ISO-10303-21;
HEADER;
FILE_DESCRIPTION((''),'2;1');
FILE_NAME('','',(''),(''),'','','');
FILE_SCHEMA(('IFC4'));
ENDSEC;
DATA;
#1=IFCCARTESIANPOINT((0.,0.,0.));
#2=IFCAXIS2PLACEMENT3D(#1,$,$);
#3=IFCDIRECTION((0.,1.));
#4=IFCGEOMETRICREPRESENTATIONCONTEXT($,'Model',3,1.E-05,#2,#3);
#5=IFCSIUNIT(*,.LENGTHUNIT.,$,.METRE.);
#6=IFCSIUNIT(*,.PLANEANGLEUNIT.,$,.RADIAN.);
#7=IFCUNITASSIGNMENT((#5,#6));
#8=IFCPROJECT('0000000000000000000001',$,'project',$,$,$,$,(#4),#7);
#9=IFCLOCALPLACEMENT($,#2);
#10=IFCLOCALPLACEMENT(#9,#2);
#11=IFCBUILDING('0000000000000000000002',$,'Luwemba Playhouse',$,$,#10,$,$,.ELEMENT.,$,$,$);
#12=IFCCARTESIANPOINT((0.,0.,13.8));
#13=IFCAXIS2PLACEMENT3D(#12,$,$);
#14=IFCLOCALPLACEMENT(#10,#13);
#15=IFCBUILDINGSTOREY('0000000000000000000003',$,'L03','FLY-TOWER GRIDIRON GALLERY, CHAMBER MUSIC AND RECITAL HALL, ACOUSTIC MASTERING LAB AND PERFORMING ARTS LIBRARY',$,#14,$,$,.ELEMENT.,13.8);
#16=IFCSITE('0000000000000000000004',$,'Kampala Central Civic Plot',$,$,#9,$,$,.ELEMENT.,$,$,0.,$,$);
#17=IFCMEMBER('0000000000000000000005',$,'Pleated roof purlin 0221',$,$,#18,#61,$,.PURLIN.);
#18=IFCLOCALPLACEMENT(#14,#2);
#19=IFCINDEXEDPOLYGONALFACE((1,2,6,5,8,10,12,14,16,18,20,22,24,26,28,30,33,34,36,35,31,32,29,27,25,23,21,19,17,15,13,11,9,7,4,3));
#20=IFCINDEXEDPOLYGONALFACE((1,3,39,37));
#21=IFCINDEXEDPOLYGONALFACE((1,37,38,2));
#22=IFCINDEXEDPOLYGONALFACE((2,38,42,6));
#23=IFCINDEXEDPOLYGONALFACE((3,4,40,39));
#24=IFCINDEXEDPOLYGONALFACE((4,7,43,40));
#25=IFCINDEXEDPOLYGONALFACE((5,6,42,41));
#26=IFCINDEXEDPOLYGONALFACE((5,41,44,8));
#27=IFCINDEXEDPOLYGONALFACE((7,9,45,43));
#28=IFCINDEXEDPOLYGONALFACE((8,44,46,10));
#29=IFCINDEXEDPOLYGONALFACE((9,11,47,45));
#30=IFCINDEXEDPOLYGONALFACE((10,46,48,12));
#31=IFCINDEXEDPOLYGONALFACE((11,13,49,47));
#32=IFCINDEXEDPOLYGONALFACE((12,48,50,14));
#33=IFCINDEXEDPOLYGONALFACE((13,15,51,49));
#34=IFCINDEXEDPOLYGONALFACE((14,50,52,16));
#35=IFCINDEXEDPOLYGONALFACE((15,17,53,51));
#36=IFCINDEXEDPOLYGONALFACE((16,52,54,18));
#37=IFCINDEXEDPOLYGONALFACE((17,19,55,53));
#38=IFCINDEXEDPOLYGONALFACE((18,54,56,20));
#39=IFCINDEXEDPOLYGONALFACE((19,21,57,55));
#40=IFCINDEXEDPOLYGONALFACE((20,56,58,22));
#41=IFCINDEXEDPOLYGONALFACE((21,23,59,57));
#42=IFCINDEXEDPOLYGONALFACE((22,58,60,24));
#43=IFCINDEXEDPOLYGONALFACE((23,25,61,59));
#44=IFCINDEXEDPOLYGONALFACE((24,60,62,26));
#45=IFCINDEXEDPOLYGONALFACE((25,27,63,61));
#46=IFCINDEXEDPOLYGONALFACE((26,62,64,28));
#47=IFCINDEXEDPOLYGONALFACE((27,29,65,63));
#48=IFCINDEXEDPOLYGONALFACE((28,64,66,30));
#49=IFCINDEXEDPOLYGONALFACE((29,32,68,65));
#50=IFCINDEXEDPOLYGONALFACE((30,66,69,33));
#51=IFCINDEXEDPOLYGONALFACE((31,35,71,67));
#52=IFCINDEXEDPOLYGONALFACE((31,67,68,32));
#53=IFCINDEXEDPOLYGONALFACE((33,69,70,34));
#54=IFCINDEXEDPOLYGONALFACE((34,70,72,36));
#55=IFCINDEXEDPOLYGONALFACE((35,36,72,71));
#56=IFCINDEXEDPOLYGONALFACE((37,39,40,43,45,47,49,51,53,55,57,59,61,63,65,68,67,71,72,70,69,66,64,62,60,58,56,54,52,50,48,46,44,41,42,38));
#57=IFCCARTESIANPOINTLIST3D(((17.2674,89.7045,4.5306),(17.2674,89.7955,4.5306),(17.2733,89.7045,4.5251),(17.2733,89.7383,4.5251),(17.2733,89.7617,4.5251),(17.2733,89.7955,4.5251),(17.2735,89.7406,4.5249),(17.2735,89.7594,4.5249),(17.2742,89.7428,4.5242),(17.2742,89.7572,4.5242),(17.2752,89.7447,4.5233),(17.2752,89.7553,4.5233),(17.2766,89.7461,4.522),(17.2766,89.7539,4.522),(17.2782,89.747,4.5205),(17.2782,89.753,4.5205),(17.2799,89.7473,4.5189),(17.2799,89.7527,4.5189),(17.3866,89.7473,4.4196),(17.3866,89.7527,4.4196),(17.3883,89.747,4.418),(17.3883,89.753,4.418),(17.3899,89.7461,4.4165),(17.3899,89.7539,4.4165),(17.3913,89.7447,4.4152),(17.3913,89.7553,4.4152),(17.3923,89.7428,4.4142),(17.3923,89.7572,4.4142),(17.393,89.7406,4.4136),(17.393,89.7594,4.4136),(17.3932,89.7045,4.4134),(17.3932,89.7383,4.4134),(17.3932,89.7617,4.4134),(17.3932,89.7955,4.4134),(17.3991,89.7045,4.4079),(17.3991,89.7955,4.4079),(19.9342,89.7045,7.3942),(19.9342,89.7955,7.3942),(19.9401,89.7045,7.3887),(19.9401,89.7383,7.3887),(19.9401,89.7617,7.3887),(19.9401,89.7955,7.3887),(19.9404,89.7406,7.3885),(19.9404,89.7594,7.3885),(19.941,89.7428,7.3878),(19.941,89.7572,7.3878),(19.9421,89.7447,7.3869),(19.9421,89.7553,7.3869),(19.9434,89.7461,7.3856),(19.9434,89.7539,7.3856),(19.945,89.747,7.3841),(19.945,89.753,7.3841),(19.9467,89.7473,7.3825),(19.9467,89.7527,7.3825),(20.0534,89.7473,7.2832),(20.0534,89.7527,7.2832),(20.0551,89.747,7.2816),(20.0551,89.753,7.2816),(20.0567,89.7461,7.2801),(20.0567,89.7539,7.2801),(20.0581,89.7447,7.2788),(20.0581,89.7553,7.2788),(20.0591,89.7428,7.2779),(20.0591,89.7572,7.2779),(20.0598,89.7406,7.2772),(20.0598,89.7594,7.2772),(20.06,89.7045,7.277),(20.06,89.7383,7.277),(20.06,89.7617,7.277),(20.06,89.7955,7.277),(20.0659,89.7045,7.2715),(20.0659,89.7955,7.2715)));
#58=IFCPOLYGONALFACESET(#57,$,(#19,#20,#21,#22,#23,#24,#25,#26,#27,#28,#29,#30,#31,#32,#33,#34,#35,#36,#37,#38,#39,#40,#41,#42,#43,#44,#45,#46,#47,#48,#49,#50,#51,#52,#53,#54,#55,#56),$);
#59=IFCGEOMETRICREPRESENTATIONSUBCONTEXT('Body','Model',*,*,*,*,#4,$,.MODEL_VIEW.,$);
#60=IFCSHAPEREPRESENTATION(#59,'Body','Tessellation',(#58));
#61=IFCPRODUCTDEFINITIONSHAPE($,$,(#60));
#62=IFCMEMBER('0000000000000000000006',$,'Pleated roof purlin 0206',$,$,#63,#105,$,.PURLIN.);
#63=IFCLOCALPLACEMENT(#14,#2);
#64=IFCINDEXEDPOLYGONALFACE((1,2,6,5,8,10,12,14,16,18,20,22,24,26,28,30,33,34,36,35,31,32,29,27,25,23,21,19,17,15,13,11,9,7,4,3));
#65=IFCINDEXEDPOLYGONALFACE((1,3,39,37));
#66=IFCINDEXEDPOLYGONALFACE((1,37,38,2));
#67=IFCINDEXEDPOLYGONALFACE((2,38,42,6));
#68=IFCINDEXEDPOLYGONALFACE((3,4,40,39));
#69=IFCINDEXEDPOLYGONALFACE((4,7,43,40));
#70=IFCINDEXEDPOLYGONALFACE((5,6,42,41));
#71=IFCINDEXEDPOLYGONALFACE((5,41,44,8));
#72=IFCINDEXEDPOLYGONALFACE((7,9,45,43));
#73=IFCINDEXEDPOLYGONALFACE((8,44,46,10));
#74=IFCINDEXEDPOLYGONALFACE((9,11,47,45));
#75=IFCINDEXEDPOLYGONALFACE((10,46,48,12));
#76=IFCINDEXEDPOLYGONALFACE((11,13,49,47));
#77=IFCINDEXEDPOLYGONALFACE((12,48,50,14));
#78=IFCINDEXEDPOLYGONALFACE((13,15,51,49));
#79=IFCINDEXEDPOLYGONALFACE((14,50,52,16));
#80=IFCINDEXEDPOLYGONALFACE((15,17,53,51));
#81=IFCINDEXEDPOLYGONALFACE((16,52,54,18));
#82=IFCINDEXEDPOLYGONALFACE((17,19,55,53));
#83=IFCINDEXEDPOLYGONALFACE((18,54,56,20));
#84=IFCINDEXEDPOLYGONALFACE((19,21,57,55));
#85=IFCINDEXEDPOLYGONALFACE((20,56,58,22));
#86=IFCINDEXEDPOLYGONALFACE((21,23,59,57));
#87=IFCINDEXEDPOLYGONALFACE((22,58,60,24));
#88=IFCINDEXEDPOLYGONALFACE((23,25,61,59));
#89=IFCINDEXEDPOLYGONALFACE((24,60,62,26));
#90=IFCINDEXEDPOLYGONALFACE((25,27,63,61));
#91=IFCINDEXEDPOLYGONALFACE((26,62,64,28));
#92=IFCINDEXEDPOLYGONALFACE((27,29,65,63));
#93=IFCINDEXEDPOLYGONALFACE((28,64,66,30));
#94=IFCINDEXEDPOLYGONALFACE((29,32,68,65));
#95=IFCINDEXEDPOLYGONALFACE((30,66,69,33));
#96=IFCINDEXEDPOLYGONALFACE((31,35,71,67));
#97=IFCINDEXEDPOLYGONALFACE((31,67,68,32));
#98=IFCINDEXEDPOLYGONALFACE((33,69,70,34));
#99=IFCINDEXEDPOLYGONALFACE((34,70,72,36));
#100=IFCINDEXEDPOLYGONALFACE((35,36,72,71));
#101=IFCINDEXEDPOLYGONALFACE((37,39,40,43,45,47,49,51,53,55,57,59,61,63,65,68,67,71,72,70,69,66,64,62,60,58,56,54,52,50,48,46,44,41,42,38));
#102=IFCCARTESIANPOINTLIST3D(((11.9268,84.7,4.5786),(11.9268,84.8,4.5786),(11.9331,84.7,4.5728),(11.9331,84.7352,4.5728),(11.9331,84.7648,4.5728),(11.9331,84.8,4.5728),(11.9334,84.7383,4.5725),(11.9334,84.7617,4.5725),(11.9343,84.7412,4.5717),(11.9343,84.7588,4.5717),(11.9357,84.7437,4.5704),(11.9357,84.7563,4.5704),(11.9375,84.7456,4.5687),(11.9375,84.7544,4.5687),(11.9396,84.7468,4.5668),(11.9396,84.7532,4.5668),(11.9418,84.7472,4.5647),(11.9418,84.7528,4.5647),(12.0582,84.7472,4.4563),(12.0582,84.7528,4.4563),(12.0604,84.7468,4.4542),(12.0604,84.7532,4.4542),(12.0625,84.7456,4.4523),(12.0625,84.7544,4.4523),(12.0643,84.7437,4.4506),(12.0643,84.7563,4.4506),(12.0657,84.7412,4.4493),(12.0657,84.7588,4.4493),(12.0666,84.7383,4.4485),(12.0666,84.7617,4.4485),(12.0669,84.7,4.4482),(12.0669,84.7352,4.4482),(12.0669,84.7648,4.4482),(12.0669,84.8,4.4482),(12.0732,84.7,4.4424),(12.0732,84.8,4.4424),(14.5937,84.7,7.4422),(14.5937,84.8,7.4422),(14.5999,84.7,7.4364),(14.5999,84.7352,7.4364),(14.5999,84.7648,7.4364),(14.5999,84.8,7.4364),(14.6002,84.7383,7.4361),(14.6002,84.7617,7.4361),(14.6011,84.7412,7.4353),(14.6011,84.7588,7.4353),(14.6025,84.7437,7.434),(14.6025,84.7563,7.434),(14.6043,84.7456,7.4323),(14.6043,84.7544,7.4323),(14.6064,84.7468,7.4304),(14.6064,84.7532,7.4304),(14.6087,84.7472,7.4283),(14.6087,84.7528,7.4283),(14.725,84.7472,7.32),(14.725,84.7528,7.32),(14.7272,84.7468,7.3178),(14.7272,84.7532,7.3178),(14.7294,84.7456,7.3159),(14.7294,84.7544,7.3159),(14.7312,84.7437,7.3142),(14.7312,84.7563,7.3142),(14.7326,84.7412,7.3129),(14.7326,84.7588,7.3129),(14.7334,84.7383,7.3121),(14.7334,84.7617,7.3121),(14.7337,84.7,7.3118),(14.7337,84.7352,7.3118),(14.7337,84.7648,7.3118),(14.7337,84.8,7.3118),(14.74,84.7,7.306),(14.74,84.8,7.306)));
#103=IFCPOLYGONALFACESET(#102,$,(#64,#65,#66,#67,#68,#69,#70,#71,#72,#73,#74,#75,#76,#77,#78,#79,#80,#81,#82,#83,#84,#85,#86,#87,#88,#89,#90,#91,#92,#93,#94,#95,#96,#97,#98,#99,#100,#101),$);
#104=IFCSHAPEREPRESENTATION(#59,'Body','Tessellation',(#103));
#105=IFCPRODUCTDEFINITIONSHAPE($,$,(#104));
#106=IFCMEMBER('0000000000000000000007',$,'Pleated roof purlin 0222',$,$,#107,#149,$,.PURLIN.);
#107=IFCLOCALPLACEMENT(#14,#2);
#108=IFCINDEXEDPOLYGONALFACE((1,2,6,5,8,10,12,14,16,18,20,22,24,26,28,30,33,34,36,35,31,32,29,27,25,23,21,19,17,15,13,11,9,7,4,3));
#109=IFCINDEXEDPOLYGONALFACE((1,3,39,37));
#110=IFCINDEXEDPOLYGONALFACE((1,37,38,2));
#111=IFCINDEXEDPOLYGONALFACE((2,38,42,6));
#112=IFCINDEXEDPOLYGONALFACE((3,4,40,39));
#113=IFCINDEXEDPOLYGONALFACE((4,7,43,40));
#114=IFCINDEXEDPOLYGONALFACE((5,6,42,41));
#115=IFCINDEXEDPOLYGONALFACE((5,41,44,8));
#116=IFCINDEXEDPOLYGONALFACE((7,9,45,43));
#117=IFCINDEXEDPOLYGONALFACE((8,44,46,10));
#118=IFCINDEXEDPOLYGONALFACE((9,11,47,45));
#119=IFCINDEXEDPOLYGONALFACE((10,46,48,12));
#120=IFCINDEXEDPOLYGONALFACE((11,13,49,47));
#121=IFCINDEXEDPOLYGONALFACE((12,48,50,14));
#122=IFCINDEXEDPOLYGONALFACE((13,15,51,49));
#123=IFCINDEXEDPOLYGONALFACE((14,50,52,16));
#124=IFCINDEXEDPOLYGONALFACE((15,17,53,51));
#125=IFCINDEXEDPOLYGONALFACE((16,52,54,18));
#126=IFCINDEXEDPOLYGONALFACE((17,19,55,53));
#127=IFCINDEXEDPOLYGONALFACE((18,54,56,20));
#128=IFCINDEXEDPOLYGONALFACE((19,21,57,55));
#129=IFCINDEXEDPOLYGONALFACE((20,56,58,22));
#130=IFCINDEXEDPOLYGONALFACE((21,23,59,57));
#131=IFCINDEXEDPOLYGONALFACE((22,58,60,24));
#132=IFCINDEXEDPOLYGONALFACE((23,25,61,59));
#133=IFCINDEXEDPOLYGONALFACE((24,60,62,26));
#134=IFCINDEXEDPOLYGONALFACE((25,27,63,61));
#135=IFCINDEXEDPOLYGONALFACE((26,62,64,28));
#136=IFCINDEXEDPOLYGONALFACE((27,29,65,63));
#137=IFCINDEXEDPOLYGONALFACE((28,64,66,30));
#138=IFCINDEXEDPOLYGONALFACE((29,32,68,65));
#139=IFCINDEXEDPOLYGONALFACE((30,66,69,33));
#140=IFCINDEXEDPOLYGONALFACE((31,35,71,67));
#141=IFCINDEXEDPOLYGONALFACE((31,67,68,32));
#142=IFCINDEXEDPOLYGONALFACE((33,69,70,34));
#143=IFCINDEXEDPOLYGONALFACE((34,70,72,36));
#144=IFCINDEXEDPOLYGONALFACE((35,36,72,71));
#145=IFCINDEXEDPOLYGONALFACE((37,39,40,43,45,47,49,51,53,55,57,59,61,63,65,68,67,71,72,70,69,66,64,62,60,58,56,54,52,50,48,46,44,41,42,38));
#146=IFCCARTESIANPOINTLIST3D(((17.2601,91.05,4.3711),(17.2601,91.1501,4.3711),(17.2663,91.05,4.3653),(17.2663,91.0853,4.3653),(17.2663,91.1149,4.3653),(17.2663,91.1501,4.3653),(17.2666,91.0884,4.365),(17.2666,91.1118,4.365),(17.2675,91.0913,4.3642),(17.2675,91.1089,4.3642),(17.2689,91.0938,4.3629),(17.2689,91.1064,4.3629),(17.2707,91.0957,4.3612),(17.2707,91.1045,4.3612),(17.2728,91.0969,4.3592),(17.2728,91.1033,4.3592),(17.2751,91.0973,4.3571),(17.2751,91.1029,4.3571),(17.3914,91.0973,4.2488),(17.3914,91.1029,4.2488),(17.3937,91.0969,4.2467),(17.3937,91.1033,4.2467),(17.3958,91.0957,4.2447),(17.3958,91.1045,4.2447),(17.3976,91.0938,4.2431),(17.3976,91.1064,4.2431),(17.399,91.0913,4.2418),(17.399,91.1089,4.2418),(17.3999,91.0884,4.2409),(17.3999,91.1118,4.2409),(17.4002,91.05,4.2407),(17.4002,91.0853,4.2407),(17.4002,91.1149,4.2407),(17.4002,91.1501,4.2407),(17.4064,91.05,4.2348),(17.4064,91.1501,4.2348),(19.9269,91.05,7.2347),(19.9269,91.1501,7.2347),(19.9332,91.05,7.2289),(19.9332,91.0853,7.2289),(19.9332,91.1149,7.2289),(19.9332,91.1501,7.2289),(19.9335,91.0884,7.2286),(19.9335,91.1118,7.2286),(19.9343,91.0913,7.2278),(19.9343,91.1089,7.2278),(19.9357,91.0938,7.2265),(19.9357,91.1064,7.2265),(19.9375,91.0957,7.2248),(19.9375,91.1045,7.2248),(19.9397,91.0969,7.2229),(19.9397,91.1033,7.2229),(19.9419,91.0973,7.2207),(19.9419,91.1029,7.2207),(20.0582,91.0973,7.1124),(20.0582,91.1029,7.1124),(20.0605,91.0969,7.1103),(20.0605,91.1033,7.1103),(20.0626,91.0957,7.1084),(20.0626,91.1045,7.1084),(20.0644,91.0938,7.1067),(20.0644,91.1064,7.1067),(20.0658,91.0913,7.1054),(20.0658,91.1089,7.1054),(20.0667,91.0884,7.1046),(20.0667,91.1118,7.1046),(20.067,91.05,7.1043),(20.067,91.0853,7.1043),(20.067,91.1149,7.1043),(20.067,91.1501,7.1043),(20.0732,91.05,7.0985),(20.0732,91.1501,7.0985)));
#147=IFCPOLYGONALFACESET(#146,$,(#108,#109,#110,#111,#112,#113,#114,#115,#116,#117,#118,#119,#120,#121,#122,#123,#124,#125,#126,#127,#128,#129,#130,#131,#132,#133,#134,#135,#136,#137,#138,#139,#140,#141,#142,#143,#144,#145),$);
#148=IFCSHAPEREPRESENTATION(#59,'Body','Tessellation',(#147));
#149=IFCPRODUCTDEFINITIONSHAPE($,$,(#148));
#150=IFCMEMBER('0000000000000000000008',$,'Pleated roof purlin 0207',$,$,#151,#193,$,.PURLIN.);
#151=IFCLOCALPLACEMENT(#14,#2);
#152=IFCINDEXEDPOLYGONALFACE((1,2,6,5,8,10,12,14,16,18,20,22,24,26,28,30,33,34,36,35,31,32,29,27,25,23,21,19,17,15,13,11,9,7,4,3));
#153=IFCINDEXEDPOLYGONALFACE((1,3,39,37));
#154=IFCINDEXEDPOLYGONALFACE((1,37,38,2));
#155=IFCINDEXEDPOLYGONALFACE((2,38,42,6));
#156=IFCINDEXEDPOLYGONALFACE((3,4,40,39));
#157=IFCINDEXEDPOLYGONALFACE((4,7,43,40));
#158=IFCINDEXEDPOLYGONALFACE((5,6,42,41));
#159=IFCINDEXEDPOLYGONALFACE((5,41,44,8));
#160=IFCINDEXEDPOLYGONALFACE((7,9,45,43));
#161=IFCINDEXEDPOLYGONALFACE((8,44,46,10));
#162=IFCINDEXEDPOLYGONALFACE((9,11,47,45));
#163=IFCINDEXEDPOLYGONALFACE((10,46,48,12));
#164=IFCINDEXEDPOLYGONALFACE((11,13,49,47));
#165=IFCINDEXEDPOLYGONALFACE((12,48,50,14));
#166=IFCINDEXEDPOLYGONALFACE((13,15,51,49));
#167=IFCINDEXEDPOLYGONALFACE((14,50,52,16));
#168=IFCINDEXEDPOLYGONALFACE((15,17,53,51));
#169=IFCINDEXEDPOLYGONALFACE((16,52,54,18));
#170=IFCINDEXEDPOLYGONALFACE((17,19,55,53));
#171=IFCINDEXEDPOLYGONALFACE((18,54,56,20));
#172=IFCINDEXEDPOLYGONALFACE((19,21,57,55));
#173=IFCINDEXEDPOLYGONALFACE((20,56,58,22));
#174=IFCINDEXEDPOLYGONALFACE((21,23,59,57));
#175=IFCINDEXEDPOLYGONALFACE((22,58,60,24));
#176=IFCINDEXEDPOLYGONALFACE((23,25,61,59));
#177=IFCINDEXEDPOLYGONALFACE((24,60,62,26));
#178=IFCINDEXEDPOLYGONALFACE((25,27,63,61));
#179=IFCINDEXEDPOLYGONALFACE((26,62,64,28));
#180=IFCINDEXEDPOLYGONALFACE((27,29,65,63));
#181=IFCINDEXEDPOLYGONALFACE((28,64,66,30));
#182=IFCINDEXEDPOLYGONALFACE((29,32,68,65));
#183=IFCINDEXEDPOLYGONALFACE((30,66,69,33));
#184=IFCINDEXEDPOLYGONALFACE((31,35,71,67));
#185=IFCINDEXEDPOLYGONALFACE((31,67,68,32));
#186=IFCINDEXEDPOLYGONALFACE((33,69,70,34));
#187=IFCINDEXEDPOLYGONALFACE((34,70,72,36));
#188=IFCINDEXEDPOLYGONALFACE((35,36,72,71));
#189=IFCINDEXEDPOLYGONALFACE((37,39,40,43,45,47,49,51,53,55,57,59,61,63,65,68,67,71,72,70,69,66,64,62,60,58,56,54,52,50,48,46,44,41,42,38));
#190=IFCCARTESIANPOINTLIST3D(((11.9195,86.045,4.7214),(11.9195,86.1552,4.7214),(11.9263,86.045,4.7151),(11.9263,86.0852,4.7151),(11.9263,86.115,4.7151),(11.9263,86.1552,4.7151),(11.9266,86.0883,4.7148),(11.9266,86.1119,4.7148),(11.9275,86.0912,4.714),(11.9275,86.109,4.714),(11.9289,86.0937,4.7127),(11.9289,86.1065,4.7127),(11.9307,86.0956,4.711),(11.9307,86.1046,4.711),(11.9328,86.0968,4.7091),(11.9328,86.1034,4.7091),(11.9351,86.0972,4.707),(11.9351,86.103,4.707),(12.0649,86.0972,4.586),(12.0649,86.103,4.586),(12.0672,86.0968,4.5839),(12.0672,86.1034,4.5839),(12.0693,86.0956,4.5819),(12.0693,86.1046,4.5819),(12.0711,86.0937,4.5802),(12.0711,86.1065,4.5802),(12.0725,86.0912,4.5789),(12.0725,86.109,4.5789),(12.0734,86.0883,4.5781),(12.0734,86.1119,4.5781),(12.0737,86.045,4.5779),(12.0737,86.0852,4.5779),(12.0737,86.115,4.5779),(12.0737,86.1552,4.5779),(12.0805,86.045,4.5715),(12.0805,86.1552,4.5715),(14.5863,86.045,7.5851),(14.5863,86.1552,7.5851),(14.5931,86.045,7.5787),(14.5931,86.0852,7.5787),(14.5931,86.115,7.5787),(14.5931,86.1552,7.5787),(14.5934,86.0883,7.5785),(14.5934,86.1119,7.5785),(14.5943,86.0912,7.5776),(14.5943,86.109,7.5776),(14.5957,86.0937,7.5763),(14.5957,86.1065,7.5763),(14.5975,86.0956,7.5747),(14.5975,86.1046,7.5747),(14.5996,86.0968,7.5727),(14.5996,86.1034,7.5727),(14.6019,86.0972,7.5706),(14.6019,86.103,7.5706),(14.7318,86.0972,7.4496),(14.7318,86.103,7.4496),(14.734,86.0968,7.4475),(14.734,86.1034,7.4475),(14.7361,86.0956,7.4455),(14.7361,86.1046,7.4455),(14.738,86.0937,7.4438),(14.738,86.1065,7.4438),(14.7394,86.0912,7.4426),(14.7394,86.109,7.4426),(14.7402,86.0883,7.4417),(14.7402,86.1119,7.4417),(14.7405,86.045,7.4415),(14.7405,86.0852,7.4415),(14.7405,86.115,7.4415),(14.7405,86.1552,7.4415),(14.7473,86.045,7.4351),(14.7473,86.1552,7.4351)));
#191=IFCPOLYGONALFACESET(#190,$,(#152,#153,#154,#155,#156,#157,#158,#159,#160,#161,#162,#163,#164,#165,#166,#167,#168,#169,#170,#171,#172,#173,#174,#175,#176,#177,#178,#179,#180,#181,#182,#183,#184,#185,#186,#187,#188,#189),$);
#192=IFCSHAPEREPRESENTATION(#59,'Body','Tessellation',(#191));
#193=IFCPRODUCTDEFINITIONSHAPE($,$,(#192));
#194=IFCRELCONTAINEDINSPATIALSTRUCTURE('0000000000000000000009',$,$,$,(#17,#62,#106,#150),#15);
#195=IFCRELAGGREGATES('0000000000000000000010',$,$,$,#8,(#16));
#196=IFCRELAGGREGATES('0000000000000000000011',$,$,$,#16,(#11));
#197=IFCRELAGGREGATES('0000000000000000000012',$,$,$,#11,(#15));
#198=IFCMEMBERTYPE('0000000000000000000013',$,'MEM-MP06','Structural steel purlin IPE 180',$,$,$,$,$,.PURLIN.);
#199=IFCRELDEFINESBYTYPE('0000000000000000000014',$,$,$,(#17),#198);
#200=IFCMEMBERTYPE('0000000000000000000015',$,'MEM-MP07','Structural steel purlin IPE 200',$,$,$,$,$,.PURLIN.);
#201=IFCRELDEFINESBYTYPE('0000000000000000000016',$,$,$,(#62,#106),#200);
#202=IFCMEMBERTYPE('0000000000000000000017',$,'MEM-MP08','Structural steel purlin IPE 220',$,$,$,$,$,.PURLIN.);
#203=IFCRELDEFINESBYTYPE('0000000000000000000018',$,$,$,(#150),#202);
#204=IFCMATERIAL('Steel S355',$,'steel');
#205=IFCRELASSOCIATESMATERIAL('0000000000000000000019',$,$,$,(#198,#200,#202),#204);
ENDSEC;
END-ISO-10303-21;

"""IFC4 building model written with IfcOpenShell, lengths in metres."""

from ifc_helpers import new_model, si_unit, direction, frame, origin, origin_2d, place, context, subcontext, project, spatial, i_section, extrude, material, material_profile, profile_set, type_object, element, save


model = new_model("IFC4")

# Units and contexts
model_context = context("Model", 3, precision=1e-05, world=origin(), true_north=direction((0.0, 1.0)))
body_context = subcontext(model_context, "Body", "Model", "MODEL_VIEW")
ifc_project = project(units=[si_unit("LENGTHUNIT", "METRE"), si_unit("PLANEANGLEUNIT", "RADIAN")], contexts=[model_context])

# Site, building, storey
site_placement = place(None, origin())
site = spatial("IfcSite", under=ifc_project, at=site_placement, Name="Kampala Central Civic Plot", CompositionType="ELEMENT", RefElevation=0.0)
building_placement = place(site_placement, origin())
building = spatial("IfcBuilding", under=site, at=building_placement, Name="Luwemba Playhouse", CompositionType="ELEMENT")
storey_placement = place(building_placement, frame((0.0, 0.0, 13.8)))
storey = spatial("IfcBuildingStorey", under=building, at=storey_placement, Name="L03", Description="FLY-TOWER GRIDIRON GALLERY, CHAMBER MUSIC AND RECITAL HALL, ACOUSTIC MASTERING LAB AND PERFORMING ARTS LIBRARY", CompositionType="ELEMENT", Elevation=13.8)

# Shared definitions
ifc_material_1 = material(Name="Steel S355", Category="steel")

# Members
ifc_material_profile_1 = material_profile(ifc_material_1, i_section(OverallWidth=0.0911, OverallDepth=0.1799, WebThickness=0.0054, FlangeThickness=0.0081, FilletRadius=0.009, at=origin_2d()))
ifc_profile_set_1 = profile_set([ifc_material_profile_1], Name="Steel S355")
member_type_1 = type_object("IfcMemberType", Name="MEM-MP06", Description="Structural steel purlin IPE 180", PredefinedType="PURLIN", material=ifc_profile_set_1)
member_1_placement = place(storey_placement, frame((17.3333, 89.75, 4.4692), z_axis=(0.681515, 0.0, 0.731804), x_axis=(0.0, 1.0, 0.0)))
element("IfcMember", 1, at=member_1_placement, inside=storey, type_object=member_type_1, Name="Pleated roof purlin 0221", PredefinedType="PURLIN", context=body_context, shape_type="SweptSolid", body=[
    extrude(i_section(OverallWidth=0.0911, OverallDepth=0.1799, WebThickness=0.0054, FlangeThickness=0.0081, FilletRadius=0.009, at=origin_2d()), origin(), (0.0, 0.0, 1.0), 3.9131),
])
ifc_material_profile_2 = material_profile(ifc_material_1, i_section(OverallWidth=0.1001, OverallDepth=0.2, WebThickness=0.0056, FlangeThickness=0.0085, FilletRadius=0.012, at=origin_2d()))
ifc_profile_set_2 = profile_set([ifc_material_profile_2], Name="Steel S355")
member_type_2 = type_object("IfcMemberType", Name="MEM-MP07", Description="Structural steel purlin IPE 200", PredefinedType="PURLIN", material=ifc_profile_set_2)
for number, where, z_axis, x_axis, name in (
    (2, (12.0, 84.75, 4.5105), (0.681515, 0.0, 0.731804), (0.0, 1.0, 0.0), "Pleated roof purlin 0206"),
    (3, (17.3333, 91.1001, 4.303), (0.681515, 0.0, 0.731804), (0.0, 1.0, 0.0), "Pleated roof purlin 0222"),
):
    element("IfcMember", number, at=place(storey_placement, frame(where, z_axis=z_axis, x_axis=x_axis)), inside=storey, type_object=member_type_2, Name=name, PredefinedType="PURLIN", context=body_context, shape_type="SweptSolid", body=[
        extrude(i_section(OverallWidth=0.1001, OverallDepth=0.2, WebThickness=0.0056, FlangeThickness=0.0085, FilletRadius=0.012, at=origin_2d()), origin(), (0.0, 0.0, 1.0), 3.9131),
    ])
ifc_material_profile_3 = material_profile(ifc_material_1, i_section(OverallWidth=0.1101, OverallDepth=0.22, WebThickness=0.0059, FlangeThickness=0.0093, FilletRadius=0.012, at=origin_2d()))
ifc_profile_set_3 = profile_set([ifc_material_profile_3], Name="Steel S355")
member_type_3 = type_object("IfcMemberType", Name="MEM-MP08", Description="Structural steel purlin IPE 220", PredefinedType="PURLIN", material=ifc_profile_set_3)
member_2_placement = place(storey_placement, frame((12.0, 86.1001, 4.6465), z_axis=(0.681515, 0.0, 0.731804), x_axis=(0.0, 1.0, 0.0)))
element("IfcMember", 4, at=member_2_placement, inside=storey, type_object=member_type_3, Name="Pleated roof purlin 0207", PredefinedType="PURLIN", context=body_context, shape_type="SweptSolid", body=[
    extrude(i_section(OverallWidth=0.1101, OverallDepth=0.22, WebThickness=0.0059, FlangeThickness=0.0093, FilletRadius=0.012, at=origin_2d()), origin(), (0.0, 0.0, 1.0), 3.9131),
])

save(model, "model.ifc")
